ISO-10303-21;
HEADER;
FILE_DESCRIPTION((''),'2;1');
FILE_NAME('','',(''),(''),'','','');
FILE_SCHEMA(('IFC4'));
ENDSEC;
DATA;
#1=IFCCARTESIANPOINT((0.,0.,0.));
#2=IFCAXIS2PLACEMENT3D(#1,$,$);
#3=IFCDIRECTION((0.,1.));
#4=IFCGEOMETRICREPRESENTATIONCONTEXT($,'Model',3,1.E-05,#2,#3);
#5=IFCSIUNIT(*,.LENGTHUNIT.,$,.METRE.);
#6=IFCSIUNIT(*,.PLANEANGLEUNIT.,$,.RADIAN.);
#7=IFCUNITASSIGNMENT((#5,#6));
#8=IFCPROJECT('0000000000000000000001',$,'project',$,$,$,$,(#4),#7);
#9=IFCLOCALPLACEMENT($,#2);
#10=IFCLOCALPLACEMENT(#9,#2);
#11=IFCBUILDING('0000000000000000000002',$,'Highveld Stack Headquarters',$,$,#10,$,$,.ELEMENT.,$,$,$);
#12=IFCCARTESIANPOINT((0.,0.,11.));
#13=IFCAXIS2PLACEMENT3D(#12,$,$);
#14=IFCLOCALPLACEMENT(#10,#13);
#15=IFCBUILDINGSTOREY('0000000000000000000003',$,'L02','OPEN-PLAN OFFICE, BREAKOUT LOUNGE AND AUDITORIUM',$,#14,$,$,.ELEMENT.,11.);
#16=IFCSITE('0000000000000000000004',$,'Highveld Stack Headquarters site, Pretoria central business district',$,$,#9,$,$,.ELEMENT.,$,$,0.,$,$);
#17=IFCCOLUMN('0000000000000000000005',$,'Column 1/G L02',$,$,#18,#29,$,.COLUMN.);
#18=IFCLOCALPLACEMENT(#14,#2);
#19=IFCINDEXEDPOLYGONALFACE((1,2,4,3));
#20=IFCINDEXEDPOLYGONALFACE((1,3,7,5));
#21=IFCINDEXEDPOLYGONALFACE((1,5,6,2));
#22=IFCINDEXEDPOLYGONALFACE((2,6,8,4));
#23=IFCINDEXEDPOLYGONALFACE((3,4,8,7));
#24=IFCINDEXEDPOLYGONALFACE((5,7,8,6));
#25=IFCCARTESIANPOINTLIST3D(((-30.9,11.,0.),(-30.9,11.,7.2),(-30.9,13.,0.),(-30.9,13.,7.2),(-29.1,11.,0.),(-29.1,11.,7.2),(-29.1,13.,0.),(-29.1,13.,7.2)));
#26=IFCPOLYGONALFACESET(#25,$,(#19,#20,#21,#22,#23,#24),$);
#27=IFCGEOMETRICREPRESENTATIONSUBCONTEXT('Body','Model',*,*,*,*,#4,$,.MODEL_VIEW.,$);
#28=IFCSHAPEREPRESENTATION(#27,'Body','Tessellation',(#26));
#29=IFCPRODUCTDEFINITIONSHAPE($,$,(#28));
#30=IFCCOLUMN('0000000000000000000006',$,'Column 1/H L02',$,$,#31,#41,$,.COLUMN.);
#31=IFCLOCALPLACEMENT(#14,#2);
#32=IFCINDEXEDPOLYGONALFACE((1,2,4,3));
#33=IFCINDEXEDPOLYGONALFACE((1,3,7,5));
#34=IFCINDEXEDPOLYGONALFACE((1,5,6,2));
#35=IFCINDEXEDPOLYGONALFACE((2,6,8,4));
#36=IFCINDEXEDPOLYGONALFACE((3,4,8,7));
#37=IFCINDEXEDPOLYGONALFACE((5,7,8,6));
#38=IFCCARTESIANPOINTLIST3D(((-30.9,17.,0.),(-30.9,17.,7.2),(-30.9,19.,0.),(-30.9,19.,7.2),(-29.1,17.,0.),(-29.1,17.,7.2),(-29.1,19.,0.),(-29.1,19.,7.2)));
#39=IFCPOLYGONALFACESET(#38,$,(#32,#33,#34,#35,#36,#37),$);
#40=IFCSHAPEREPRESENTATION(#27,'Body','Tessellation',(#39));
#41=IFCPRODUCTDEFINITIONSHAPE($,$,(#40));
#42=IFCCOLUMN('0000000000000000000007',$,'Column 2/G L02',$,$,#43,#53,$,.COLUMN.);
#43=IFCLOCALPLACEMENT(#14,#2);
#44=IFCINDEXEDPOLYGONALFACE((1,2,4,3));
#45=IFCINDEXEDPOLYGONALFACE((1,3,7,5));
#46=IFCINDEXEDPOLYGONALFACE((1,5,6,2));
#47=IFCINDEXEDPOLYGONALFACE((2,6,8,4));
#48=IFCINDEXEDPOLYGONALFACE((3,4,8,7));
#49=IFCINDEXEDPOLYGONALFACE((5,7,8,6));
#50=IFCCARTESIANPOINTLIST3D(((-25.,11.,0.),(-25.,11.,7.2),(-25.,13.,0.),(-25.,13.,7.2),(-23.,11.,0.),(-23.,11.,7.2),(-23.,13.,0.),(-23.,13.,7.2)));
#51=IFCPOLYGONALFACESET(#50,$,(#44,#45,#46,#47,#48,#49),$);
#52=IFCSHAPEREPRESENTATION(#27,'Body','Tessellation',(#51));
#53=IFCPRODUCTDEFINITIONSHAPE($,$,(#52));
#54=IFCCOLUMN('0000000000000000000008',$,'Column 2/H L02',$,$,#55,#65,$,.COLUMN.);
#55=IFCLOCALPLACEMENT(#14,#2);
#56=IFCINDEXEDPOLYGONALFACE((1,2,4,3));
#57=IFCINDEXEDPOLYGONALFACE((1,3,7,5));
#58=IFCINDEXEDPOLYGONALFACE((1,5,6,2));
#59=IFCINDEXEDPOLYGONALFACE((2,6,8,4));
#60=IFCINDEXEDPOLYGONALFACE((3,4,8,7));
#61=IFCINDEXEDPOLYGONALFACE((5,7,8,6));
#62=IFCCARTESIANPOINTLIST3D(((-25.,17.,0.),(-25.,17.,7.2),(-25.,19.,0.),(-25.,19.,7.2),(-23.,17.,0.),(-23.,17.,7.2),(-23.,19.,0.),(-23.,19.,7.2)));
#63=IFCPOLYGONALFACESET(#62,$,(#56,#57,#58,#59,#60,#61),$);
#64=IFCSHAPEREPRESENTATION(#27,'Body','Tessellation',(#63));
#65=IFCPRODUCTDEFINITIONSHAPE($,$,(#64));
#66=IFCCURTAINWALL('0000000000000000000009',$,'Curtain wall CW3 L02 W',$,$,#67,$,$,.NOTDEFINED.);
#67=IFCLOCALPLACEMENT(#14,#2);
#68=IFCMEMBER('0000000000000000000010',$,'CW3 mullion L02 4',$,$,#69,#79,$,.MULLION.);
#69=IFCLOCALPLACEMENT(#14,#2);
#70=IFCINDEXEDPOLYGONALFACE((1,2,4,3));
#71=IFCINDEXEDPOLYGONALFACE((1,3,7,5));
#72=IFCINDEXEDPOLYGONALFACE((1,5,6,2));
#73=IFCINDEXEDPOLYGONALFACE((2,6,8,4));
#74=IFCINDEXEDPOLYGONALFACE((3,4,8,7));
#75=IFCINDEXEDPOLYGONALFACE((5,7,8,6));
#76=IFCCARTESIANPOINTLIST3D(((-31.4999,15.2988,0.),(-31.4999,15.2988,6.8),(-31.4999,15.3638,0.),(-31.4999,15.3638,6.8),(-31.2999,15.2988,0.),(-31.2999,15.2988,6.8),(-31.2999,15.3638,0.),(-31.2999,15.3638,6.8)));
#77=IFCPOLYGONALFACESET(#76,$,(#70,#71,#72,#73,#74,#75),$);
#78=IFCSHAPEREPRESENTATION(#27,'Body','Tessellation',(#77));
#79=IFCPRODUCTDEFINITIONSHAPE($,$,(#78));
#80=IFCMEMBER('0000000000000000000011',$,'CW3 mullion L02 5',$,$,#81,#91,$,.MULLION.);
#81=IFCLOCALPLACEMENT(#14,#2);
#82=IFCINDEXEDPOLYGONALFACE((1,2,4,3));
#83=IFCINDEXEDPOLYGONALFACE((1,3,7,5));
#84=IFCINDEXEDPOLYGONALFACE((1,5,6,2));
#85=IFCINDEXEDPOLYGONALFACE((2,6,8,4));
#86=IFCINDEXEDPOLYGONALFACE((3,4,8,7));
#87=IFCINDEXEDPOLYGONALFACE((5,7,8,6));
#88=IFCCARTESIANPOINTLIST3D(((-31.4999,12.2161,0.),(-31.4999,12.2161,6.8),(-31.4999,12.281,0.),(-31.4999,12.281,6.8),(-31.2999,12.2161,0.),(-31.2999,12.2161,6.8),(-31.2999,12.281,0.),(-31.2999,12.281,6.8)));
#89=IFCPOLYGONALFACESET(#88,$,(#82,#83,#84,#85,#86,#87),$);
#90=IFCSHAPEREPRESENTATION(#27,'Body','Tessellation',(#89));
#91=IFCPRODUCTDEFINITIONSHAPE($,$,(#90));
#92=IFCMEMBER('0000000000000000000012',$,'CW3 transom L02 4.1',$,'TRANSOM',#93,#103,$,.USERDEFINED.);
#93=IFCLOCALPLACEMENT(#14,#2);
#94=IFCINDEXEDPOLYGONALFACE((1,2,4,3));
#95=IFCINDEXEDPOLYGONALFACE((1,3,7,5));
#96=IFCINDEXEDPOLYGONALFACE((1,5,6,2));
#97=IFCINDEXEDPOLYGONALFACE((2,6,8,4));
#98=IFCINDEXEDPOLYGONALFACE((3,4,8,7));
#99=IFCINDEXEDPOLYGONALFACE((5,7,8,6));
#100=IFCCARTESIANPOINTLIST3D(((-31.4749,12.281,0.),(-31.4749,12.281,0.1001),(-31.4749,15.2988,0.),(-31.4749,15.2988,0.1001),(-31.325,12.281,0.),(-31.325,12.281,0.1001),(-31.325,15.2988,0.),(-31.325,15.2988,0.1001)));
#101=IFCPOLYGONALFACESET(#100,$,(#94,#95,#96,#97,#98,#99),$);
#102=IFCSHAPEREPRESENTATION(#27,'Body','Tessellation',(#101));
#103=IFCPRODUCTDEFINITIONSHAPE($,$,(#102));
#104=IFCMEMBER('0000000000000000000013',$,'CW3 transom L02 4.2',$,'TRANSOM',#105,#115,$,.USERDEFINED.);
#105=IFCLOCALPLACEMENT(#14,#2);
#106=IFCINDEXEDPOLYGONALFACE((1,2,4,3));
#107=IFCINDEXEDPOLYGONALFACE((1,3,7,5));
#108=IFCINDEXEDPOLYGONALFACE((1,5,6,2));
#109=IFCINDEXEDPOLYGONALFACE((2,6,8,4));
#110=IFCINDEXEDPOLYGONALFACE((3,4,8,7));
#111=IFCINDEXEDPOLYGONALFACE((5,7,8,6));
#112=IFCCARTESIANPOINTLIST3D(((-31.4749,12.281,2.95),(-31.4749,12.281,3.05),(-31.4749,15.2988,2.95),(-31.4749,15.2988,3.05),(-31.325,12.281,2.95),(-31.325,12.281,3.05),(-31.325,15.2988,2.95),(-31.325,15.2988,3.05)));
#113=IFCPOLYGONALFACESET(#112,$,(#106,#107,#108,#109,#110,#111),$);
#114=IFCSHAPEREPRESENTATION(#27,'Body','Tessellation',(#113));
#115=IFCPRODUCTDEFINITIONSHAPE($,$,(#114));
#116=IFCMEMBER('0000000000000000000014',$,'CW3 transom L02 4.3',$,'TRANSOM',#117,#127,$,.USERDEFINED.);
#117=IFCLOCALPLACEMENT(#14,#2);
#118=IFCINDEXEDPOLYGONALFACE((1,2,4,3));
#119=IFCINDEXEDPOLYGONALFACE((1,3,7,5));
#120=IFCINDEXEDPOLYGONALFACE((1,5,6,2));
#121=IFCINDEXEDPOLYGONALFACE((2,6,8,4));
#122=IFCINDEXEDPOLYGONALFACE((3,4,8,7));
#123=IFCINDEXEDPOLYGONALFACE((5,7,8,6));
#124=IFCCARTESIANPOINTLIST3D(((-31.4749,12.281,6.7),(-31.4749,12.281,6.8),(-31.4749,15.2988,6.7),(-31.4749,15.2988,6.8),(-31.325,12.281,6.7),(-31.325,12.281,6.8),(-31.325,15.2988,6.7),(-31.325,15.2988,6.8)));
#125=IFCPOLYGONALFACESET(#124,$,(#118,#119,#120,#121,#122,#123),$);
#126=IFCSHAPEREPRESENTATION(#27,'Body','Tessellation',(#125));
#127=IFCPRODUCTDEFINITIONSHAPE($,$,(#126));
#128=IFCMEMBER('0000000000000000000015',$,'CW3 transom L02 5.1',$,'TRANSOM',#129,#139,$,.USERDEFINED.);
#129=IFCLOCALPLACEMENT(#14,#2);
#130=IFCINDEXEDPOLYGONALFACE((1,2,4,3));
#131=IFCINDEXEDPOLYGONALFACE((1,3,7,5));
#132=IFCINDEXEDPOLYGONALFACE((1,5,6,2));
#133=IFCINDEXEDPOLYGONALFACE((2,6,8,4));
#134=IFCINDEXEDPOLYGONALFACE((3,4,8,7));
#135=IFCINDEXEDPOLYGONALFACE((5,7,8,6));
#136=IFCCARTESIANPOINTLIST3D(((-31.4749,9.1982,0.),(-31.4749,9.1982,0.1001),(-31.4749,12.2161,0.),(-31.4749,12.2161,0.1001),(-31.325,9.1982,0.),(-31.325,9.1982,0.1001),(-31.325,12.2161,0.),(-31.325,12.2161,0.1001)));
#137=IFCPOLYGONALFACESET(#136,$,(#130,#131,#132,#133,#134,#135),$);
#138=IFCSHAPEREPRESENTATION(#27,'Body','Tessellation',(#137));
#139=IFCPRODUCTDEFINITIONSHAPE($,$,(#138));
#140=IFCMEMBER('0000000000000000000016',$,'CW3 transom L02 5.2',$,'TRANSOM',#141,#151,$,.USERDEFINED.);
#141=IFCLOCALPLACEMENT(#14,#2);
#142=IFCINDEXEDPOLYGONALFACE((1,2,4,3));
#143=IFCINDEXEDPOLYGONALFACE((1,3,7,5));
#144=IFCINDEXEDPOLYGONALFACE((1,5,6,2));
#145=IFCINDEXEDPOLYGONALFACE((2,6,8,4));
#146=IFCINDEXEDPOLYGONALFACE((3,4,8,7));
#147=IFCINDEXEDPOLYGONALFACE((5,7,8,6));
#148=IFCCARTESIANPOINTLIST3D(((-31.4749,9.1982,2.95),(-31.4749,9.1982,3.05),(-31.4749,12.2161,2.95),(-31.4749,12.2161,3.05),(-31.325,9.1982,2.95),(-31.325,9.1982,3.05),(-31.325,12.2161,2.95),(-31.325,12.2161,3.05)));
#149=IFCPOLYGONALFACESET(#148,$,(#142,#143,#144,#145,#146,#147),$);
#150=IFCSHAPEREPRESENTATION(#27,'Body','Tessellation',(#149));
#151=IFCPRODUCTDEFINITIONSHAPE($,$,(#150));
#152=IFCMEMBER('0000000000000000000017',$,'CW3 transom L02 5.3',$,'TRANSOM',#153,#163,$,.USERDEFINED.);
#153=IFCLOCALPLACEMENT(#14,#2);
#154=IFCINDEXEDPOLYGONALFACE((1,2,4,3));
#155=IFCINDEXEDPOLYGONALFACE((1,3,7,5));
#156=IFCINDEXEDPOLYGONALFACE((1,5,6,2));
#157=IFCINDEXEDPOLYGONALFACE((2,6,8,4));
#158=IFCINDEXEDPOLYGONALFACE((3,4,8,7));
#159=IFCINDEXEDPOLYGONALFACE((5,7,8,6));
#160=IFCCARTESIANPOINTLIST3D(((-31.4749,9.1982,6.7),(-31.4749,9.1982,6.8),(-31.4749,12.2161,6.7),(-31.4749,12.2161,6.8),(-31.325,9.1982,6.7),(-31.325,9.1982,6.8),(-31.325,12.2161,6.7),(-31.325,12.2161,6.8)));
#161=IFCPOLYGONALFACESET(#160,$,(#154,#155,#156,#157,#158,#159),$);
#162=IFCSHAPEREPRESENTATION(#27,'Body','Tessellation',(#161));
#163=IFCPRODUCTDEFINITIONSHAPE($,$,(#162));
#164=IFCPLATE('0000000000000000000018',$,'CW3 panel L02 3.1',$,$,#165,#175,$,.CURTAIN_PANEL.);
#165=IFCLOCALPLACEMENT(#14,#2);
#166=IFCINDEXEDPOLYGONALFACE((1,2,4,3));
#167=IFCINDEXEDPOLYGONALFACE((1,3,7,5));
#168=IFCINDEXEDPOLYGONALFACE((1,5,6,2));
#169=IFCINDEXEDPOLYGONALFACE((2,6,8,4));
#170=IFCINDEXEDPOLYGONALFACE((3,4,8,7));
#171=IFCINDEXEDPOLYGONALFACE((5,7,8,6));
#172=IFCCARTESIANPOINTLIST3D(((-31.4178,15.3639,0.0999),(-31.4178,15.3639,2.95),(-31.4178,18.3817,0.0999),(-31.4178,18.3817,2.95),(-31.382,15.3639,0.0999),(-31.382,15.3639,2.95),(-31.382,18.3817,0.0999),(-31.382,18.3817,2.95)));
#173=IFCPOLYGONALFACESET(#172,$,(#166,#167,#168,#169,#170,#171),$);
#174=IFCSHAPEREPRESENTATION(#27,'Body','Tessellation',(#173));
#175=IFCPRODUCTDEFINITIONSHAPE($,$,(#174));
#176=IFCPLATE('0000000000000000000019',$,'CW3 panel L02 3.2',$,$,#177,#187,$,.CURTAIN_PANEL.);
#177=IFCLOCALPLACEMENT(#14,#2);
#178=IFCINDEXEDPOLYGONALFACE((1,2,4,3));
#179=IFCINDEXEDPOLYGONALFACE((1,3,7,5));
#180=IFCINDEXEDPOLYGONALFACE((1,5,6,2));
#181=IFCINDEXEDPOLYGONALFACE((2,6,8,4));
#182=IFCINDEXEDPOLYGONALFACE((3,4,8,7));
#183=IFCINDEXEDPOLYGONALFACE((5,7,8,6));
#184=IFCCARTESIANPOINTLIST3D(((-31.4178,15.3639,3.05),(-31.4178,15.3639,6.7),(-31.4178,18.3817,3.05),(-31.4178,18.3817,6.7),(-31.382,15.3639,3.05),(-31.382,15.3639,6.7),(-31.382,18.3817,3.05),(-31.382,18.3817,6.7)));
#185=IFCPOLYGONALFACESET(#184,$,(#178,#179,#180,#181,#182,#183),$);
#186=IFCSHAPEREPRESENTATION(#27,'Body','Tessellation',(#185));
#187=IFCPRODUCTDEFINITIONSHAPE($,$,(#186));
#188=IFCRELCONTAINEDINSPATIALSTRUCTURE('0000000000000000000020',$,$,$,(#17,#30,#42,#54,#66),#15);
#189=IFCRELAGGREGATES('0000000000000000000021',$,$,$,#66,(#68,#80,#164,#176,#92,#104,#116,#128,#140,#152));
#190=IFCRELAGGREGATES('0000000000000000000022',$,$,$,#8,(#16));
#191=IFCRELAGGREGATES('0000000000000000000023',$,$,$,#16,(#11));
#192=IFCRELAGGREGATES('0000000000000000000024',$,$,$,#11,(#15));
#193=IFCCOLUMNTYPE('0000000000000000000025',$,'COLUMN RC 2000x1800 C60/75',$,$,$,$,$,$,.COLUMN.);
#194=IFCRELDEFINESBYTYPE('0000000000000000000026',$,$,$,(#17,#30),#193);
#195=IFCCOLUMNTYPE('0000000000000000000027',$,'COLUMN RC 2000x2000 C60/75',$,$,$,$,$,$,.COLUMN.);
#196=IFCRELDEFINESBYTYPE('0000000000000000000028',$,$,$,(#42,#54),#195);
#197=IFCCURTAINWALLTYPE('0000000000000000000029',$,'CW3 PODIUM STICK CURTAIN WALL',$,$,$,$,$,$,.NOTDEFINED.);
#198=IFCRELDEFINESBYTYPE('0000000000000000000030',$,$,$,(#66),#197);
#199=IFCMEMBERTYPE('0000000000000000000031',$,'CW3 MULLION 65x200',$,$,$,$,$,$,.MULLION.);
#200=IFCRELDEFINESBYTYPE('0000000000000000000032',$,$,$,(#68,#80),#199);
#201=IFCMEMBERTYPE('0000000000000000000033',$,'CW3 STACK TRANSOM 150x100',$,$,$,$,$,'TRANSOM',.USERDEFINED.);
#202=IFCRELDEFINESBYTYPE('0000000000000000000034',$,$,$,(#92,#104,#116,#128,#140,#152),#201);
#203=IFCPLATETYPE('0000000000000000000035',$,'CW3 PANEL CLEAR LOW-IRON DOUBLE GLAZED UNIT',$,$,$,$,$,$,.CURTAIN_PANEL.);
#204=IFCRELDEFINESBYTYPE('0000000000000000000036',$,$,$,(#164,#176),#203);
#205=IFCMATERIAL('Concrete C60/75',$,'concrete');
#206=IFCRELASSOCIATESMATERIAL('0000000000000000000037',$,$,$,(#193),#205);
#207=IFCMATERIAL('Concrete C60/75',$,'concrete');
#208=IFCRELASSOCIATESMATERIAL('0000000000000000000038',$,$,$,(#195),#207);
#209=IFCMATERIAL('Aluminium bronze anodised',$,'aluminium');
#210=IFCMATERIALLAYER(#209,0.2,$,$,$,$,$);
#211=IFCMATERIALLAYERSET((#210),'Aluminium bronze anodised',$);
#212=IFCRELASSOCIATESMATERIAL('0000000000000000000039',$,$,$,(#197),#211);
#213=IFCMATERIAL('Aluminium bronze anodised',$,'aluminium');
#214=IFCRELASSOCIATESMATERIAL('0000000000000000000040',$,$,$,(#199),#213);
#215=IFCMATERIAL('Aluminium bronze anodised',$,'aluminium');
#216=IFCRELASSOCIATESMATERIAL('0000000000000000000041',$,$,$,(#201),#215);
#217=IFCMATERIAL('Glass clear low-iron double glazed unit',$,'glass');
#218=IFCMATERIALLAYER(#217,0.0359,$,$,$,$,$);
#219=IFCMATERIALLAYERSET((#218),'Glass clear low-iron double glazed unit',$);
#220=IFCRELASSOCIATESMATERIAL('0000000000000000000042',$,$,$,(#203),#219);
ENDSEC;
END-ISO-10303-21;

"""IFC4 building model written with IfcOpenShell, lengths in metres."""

from ifc_helpers import new_model, si_unit, direction, frame, origin, origin_2d, place, context, subcontext, project, spatial, rectangle, extrude, material, layer, layer_set, material_profile, profile_set, type_object, element, aggregate, save


model = new_model("IFC4")

# Units and contexts
model_context = context("Model", 3, precision=1e-05, world=origin(), true_north=direction((0.0, 1.0)))
body_context = subcontext(model_context, "Body", "Model", "MODEL_VIEW")
ifc_project = project(units=[si_unit("LENGTHUNIT", "METRE"), si_unit("PLANEANGLEUNIT", "RADIAN")], contexts=[model_context])

# Site, building, storey
site_placement = place(None, origin())
site = spatial("IfcSite", under=ifc_project, at=site_placement, Name="Highveld Stack Headquarters site, Pretoria central business district", CompositionType="ELEMENT", RefElevation=0.0)
building_placement = place(site_placement, origin())
building = spatial("IfcBuilding", under=site, at=building_placement, Name="Highveld Stack Headquarters", CompositionType="ELEMENT")
storey_placement = place(building_placement, frame((0.0, 0.0, 11.0)))
storey = spatial("IfcBuildingStorey", under=building, at=storey_placement, Name="L02", Description="OPEN-PLAN OFFICE, BREAKOUT LOUNGE AND AUDITORIUM", CompositionType="ELEMENT", Elevation=11.0)

# Columns
ifc_material_1 = material(Name="Concrete C60/75", Category="concrete")
ifc_material_profile_1 = material_profile(ifc_material_1, rectangle(XDim=2.0, YDim=1.8, at=origin_2d()), Name="RC 2000x1800")
ifc_profile_set_1 = profile_set([ifc_material_profile_1], Name="Concrete C60/75")
column_type_1 = type_object("IfcColumnType", Name="COLUMN RC 2000x1800 C60/75", PredefinedType="COLUMN", material=ifc_profile_set_1)
for number, where, z_axis, x_axis, name in (
    (1, (-30.0, 12.0, 0.0), (0.0, 0.0, 1.0), (0.0, 1.0, 0.0), "Column 1/G L02"),
    (2, (-30.0, 18.0, 0.0), (0.0, 0.0, 1.0), (0.0, 1.0, 0.0), "Column 1/H L02"),
):
    element("IfcColumn", number, at=place(storey_placement, frame(where, z_axis=z_axis, x_axis=x_axis)), inside=storey, type_object=column_type_1, Name=name, PredefinedType="COLUMN", context=body_context, shape_type="SweptSolid", body=[
        extrude(rectangle(XDim=2.0, YDim=1.8, at=origin_2d()), origin(), (0.0, 0.0, 1.0), 7.2),
    ])
ifc_material_2 = material(Name="Concrete C60/75", Category="concrete")
ifc_material_profile_2 = material_profile(ifc_material_2, rectangle(XDim=2.0, YDim=2.0, at=origin_2d()), Name="RC 2000x2000")
ifc_profile_set_2 = profile_set([ifc_material_profile_2], Name="Concrete C60/75")
column_type_2 = type_object("IfcColumnType", Name="COLUMN RC 2000x2000 C60/75", PredefinedType="COLUMN", material=ifc_profile_set_2)
for number, where, z_axis, x_axis, name in (
    (3, (-24.0, 12.0, 0.0), (0.0, 0.0, 1.0), (1.0, 0.0, 0.0), "Column 2/G L02"),
    (4, (-24.0, 18.0, 0.0), (0.0, 0.0, 1.0), (1.0, 0.0, 0.0), "Column 2/H L02"),
):
    element("IfcColumn", number, at=place(storey_placement, frame(where, z_axis=z_axis, x_axis=x_axis)), inside=storey, type_object=column_type_2, Name=name, PredefinedType="COLUMN", context=body_context, shape_type="SweptSolid", body=[
        extrude(rectangle(XDim=2.0, YDim=2.0, at=origin_2d()), origin(), (0.0, 0.0, 1.0), 7.2),
    ])

# Curtain wall, members, plates
ifc_material_3 = material(Name="Aluminium bronze anodised", Category="aluminium")
ifc_layer_1 = layer(ifc_material_3, 0.2)
ifc_layer_set_1 = layer_set([ifc_layer_1], Name="Aluminium bronze anodised")
curtain_wall_type = type_object("IfcCurtainWallType", Name="CW3 PODIUM STICK CURTAIN WALL", PredefinedType="NOTDEFINED", material=ifc_layer_set_1)
curtain_wall_placement = place(storey_placement, origin())
curtain_wall = element("IfcCurtainWall", 5, at=curtain_wall_placement, inside=storey, type_object=curtain_wall_type, Name="Curtain wall CW3 L02 W", PredefinedType="NOTDEFINED")
ifc_material_4 = material(Name="Aluminium bronze anodised", Category="aluminium")
ifc_material_profile_3 = material_profile(ifc_material_4, rectangle(XDim=0.2, YDim=0.0649, at=origin_2d()), Name="CW3 MULLION 65x200")
ifc_profile_set_3 = profile_set([ifc_material_profile_3], Name="Aluminium bronze anodised")
member_type_1 = type_object("IfcMemberType", Name="CW3 MULLION 65x200", PredefinedType="MULLION", material=ifc_profile_set_3)
member_1_placement = place(storey_placement, frame((-31.3999, 15.3313, 0.0), z_axis=(0.0, 0.0, 1.0), x_axis=(1.0, 0.0, 0.0)))
member_1 = element("IfcMember", 6, at=member_1_placement, type_object=member_type_1, Name="CW3 mullion L02 4", PredefinedType="MULLION", context=body_context, shape_type="SweptSolid", body=[
    extrude(rectangle(XDim=0.2, YDim=0.0649, at=origin_2d()), origin(), (0.0, 0.0, 1.0), 6.8),
])
member_2_placement = place(storey_placement, frame((-31.3999, 12.2485, 0.0), z_axis=(0.0, 0.0, 1.0), x_axis=(1.0, 0.0, 0.0)))
member_2 = element("IfcMember", 7, at=member_2_placement, type_object=member_type_1, Name="CW3 mullion L02 5", PredefinedType="MULLION", context=body_context, shape_type="SweptSolid", body=[
    extrude(rectangle(XDim=0.2, YDim=0.0649, at=origin_2d()), origin(), (0.0, 0.0, 1.0), 6.8),
])
ifc_material_5 = material(Name="Aluminium bronze anodised", Category="aluminium")
ifc_material_profile_4 = material_profile(ifc_material_5, rectangle(XDim=0.1499, YDim=0.1001, at=origin_2d()), Name="CW3 TRANSOM 150x100")
ifc_profile_set_4 = profile_set([ifc_material_profile_4], Name="Aluminium bronze anodised")
member_type_2 = type_object("IfcMemberType", Name="CW3 STACK TRANSOM 150x100", ElementType="TRANSOM", PredefinedType="USERDEFINED", material=ifc_profile_set_4)
member_3_placement = place(storey_placement, frame((-31.3999, 15.2988, 0.05), z_axis=(0.0, -1.0, 0.0), x_axis=(1.0, 0.0, 0.0)))
member_3 = element("IfcMember", 8, at=member_3_placement, type_object=member_type_2, Name="CW3 transom L02 4.1", ObjectType="TRANSOM", PredefinedType="USERDEFINED", context=body_context, shape_type="SweptSolid", body=[
    extrude(rectangle(XDim=0.1499, YDim=0.1001, at=origin_2d()), origin(), (0.0, 0.0, 1.0), 3.0178),
])
member_4_placement = place(storey_placement, frame((-31.3999, 15.2988, 3.0), z_axis=(0.0, -1.0, 0.0), x_axis=(1.0, 0.0, 0.0)))
member_4 = element("IfcMember", 9, at=member_4_placement, type_object=member_type_2, Name="CW3 transom L02 4.2", ObjectType="TRANSOM", PredefinedType="USERDEFINED", context=body_context, shape_type="SweptSolid", body=[
    extrude(rectangle(XDim=0.1499, YDim=0.1001, at=origin_2d()), origin(), (0.0, 0.0, 1.0), 3.0178),
])
member_5_placement = place(storey_placement, frame((-31.3999, 15.2988, 6.75), z_axis=(0.0, -1.0, 0.0), x_axis=(1.0, 0.0, 0.0)))
member_5 = element("IfcMember", 10, at=member_5_placement, type_object=member_type_2, Name="CW3 transom L02 4.3", ObjectType="TRANSOM", PredefinedType="USERDEFINED", context=body_context, shape_type="SweptSolid", body=[
    extrude(rectangle(XDim=0.1499, YDim=0.1001, at=origin_2d()), origin(), (0.0, 0.0, 1.0), 3.0178),
])
member_6_placement = place(storey_placement, frame((-31.3999, 12.2161, 0.05), z_axis=(0.0, -1.0, 0.0), x_axis=(1.0, 0.0, 0.0)))
member_6 = element("IfcMember", 11, at=member_6_placement, type_object=member_type_2, Name="CW3 transom L02 5.1", ObjectType="TRANSOM", PredefinedType="USERDEFINED", context=body_context, shape_type="SweptSolid", body=[
    extrude(rectangle(XDim=0.1499, YDim=0.1001, at=origin_2d()), origin(), (0.0, 0.0, 1.0), 3.0178),
])
member_7_placement = place(storey_placement, frame((-31.3999, 12.2161, 3.0), z_axis=(0.0, -1.0, 0.0), x_axis=(1.0, 0.0, 0.0)))
member_7 = element("IfcMember", 12, at=member_7_placement, type_object=member_type_2, Name="CW3 transom L02 5.2", ObjectType="TRANSOM", PredefinedType="USERDEFINED", context=body_context, shape_type="SweptSolid", body=[
    extrude(rectangle(XDim=0.1499, YDim=0.1001, at=origin_2d()), origin(), (0.0, 0.0, 1.0), 3.0178),
])
member_8_placement = place(storey_placement, frame((-31.3999, 12.2161, 6.75), z_axis=(0.0, -1.0, 0.0), x_axis=(1.0, 0.0, 0.0)))
member_8 = element("IfcMember", 13, at=member_8_placement, type_object=member_type_2, Name="CW3 transom L02 5.3", ObjectType="TRANSOM", PredefinedType="USERDEFINED", context=body_context, shape_type="SweptSolid", body=[
    extrude(rectangle(XDim=0.1499, YDim=0.1001, at=origin_2d()), origin(), (0.0, 0.0, 1.0), 3.0178),
])
ifc_material_6 = material(Name="Glass clear low-iron double glazed unit", Category="glass")
ifc_layer_2 = layer(ifc_material_6, 0.0359)
ifc_layer_set_2 = layer_set([ifc_layer_2], Name="Glass clear low-iron double glazed unit")
plate_type = type_object("IfcPlateType", Name="CW3 PANEL CLEAR LOW-IRON DOUBLE GLAZED UNIT", PredefinedType="CURTAIN_PANEL", material=ifc_layer_set_2)
plate_1_placement = place(storey_placement, frame((-31.3999, 16.8728, 0.0999), z_axis=(0.0, 0.0, 1.0), x_axis=(0.0, -1.0, 0.0)))
plate_1 = element("IfcPlate", 14, at=plate_1_placement, type_object=plate_type, Name="CW3 panel L02 3.1", PredefinedType="CURTAIN_PANEL", context=body_context, shape_type="SweptSolid", body=[
    extrude(rectangle(XDim=3.0178, YDim=0.0359, at=origin_2d()), origin(), (0.0, 0.0, 1.0), 2.8501),
])
plate_2_placement = place(storey_placement, frame((-31.3999, 16.8728, 3.05), z_axis=(0.0, 0.0, 1.0), x_axis=(0.0, -1.0, 0.0)))
plate_2 = element("IfcPlate", 15, at=plate_2_placement, type_object=plate_type, Name="CW3 panel L02 3.2", PredefinedType="CURTAIN_PANEL", context=body_context, shape_type="SweptSolid", body=[
    extrude(rectangle(XDim=3.0178, YDim=0.0359, at=origin_2d()), origin(), (0.0, 0.0, 1.0), 3.6499),
])
aggregate(curtain_wall, [member_1, member_2, plate_1, plate_2, member_3, member_4, member_5, member_6, member_7, member_8])

save(model, "model.ifc")
